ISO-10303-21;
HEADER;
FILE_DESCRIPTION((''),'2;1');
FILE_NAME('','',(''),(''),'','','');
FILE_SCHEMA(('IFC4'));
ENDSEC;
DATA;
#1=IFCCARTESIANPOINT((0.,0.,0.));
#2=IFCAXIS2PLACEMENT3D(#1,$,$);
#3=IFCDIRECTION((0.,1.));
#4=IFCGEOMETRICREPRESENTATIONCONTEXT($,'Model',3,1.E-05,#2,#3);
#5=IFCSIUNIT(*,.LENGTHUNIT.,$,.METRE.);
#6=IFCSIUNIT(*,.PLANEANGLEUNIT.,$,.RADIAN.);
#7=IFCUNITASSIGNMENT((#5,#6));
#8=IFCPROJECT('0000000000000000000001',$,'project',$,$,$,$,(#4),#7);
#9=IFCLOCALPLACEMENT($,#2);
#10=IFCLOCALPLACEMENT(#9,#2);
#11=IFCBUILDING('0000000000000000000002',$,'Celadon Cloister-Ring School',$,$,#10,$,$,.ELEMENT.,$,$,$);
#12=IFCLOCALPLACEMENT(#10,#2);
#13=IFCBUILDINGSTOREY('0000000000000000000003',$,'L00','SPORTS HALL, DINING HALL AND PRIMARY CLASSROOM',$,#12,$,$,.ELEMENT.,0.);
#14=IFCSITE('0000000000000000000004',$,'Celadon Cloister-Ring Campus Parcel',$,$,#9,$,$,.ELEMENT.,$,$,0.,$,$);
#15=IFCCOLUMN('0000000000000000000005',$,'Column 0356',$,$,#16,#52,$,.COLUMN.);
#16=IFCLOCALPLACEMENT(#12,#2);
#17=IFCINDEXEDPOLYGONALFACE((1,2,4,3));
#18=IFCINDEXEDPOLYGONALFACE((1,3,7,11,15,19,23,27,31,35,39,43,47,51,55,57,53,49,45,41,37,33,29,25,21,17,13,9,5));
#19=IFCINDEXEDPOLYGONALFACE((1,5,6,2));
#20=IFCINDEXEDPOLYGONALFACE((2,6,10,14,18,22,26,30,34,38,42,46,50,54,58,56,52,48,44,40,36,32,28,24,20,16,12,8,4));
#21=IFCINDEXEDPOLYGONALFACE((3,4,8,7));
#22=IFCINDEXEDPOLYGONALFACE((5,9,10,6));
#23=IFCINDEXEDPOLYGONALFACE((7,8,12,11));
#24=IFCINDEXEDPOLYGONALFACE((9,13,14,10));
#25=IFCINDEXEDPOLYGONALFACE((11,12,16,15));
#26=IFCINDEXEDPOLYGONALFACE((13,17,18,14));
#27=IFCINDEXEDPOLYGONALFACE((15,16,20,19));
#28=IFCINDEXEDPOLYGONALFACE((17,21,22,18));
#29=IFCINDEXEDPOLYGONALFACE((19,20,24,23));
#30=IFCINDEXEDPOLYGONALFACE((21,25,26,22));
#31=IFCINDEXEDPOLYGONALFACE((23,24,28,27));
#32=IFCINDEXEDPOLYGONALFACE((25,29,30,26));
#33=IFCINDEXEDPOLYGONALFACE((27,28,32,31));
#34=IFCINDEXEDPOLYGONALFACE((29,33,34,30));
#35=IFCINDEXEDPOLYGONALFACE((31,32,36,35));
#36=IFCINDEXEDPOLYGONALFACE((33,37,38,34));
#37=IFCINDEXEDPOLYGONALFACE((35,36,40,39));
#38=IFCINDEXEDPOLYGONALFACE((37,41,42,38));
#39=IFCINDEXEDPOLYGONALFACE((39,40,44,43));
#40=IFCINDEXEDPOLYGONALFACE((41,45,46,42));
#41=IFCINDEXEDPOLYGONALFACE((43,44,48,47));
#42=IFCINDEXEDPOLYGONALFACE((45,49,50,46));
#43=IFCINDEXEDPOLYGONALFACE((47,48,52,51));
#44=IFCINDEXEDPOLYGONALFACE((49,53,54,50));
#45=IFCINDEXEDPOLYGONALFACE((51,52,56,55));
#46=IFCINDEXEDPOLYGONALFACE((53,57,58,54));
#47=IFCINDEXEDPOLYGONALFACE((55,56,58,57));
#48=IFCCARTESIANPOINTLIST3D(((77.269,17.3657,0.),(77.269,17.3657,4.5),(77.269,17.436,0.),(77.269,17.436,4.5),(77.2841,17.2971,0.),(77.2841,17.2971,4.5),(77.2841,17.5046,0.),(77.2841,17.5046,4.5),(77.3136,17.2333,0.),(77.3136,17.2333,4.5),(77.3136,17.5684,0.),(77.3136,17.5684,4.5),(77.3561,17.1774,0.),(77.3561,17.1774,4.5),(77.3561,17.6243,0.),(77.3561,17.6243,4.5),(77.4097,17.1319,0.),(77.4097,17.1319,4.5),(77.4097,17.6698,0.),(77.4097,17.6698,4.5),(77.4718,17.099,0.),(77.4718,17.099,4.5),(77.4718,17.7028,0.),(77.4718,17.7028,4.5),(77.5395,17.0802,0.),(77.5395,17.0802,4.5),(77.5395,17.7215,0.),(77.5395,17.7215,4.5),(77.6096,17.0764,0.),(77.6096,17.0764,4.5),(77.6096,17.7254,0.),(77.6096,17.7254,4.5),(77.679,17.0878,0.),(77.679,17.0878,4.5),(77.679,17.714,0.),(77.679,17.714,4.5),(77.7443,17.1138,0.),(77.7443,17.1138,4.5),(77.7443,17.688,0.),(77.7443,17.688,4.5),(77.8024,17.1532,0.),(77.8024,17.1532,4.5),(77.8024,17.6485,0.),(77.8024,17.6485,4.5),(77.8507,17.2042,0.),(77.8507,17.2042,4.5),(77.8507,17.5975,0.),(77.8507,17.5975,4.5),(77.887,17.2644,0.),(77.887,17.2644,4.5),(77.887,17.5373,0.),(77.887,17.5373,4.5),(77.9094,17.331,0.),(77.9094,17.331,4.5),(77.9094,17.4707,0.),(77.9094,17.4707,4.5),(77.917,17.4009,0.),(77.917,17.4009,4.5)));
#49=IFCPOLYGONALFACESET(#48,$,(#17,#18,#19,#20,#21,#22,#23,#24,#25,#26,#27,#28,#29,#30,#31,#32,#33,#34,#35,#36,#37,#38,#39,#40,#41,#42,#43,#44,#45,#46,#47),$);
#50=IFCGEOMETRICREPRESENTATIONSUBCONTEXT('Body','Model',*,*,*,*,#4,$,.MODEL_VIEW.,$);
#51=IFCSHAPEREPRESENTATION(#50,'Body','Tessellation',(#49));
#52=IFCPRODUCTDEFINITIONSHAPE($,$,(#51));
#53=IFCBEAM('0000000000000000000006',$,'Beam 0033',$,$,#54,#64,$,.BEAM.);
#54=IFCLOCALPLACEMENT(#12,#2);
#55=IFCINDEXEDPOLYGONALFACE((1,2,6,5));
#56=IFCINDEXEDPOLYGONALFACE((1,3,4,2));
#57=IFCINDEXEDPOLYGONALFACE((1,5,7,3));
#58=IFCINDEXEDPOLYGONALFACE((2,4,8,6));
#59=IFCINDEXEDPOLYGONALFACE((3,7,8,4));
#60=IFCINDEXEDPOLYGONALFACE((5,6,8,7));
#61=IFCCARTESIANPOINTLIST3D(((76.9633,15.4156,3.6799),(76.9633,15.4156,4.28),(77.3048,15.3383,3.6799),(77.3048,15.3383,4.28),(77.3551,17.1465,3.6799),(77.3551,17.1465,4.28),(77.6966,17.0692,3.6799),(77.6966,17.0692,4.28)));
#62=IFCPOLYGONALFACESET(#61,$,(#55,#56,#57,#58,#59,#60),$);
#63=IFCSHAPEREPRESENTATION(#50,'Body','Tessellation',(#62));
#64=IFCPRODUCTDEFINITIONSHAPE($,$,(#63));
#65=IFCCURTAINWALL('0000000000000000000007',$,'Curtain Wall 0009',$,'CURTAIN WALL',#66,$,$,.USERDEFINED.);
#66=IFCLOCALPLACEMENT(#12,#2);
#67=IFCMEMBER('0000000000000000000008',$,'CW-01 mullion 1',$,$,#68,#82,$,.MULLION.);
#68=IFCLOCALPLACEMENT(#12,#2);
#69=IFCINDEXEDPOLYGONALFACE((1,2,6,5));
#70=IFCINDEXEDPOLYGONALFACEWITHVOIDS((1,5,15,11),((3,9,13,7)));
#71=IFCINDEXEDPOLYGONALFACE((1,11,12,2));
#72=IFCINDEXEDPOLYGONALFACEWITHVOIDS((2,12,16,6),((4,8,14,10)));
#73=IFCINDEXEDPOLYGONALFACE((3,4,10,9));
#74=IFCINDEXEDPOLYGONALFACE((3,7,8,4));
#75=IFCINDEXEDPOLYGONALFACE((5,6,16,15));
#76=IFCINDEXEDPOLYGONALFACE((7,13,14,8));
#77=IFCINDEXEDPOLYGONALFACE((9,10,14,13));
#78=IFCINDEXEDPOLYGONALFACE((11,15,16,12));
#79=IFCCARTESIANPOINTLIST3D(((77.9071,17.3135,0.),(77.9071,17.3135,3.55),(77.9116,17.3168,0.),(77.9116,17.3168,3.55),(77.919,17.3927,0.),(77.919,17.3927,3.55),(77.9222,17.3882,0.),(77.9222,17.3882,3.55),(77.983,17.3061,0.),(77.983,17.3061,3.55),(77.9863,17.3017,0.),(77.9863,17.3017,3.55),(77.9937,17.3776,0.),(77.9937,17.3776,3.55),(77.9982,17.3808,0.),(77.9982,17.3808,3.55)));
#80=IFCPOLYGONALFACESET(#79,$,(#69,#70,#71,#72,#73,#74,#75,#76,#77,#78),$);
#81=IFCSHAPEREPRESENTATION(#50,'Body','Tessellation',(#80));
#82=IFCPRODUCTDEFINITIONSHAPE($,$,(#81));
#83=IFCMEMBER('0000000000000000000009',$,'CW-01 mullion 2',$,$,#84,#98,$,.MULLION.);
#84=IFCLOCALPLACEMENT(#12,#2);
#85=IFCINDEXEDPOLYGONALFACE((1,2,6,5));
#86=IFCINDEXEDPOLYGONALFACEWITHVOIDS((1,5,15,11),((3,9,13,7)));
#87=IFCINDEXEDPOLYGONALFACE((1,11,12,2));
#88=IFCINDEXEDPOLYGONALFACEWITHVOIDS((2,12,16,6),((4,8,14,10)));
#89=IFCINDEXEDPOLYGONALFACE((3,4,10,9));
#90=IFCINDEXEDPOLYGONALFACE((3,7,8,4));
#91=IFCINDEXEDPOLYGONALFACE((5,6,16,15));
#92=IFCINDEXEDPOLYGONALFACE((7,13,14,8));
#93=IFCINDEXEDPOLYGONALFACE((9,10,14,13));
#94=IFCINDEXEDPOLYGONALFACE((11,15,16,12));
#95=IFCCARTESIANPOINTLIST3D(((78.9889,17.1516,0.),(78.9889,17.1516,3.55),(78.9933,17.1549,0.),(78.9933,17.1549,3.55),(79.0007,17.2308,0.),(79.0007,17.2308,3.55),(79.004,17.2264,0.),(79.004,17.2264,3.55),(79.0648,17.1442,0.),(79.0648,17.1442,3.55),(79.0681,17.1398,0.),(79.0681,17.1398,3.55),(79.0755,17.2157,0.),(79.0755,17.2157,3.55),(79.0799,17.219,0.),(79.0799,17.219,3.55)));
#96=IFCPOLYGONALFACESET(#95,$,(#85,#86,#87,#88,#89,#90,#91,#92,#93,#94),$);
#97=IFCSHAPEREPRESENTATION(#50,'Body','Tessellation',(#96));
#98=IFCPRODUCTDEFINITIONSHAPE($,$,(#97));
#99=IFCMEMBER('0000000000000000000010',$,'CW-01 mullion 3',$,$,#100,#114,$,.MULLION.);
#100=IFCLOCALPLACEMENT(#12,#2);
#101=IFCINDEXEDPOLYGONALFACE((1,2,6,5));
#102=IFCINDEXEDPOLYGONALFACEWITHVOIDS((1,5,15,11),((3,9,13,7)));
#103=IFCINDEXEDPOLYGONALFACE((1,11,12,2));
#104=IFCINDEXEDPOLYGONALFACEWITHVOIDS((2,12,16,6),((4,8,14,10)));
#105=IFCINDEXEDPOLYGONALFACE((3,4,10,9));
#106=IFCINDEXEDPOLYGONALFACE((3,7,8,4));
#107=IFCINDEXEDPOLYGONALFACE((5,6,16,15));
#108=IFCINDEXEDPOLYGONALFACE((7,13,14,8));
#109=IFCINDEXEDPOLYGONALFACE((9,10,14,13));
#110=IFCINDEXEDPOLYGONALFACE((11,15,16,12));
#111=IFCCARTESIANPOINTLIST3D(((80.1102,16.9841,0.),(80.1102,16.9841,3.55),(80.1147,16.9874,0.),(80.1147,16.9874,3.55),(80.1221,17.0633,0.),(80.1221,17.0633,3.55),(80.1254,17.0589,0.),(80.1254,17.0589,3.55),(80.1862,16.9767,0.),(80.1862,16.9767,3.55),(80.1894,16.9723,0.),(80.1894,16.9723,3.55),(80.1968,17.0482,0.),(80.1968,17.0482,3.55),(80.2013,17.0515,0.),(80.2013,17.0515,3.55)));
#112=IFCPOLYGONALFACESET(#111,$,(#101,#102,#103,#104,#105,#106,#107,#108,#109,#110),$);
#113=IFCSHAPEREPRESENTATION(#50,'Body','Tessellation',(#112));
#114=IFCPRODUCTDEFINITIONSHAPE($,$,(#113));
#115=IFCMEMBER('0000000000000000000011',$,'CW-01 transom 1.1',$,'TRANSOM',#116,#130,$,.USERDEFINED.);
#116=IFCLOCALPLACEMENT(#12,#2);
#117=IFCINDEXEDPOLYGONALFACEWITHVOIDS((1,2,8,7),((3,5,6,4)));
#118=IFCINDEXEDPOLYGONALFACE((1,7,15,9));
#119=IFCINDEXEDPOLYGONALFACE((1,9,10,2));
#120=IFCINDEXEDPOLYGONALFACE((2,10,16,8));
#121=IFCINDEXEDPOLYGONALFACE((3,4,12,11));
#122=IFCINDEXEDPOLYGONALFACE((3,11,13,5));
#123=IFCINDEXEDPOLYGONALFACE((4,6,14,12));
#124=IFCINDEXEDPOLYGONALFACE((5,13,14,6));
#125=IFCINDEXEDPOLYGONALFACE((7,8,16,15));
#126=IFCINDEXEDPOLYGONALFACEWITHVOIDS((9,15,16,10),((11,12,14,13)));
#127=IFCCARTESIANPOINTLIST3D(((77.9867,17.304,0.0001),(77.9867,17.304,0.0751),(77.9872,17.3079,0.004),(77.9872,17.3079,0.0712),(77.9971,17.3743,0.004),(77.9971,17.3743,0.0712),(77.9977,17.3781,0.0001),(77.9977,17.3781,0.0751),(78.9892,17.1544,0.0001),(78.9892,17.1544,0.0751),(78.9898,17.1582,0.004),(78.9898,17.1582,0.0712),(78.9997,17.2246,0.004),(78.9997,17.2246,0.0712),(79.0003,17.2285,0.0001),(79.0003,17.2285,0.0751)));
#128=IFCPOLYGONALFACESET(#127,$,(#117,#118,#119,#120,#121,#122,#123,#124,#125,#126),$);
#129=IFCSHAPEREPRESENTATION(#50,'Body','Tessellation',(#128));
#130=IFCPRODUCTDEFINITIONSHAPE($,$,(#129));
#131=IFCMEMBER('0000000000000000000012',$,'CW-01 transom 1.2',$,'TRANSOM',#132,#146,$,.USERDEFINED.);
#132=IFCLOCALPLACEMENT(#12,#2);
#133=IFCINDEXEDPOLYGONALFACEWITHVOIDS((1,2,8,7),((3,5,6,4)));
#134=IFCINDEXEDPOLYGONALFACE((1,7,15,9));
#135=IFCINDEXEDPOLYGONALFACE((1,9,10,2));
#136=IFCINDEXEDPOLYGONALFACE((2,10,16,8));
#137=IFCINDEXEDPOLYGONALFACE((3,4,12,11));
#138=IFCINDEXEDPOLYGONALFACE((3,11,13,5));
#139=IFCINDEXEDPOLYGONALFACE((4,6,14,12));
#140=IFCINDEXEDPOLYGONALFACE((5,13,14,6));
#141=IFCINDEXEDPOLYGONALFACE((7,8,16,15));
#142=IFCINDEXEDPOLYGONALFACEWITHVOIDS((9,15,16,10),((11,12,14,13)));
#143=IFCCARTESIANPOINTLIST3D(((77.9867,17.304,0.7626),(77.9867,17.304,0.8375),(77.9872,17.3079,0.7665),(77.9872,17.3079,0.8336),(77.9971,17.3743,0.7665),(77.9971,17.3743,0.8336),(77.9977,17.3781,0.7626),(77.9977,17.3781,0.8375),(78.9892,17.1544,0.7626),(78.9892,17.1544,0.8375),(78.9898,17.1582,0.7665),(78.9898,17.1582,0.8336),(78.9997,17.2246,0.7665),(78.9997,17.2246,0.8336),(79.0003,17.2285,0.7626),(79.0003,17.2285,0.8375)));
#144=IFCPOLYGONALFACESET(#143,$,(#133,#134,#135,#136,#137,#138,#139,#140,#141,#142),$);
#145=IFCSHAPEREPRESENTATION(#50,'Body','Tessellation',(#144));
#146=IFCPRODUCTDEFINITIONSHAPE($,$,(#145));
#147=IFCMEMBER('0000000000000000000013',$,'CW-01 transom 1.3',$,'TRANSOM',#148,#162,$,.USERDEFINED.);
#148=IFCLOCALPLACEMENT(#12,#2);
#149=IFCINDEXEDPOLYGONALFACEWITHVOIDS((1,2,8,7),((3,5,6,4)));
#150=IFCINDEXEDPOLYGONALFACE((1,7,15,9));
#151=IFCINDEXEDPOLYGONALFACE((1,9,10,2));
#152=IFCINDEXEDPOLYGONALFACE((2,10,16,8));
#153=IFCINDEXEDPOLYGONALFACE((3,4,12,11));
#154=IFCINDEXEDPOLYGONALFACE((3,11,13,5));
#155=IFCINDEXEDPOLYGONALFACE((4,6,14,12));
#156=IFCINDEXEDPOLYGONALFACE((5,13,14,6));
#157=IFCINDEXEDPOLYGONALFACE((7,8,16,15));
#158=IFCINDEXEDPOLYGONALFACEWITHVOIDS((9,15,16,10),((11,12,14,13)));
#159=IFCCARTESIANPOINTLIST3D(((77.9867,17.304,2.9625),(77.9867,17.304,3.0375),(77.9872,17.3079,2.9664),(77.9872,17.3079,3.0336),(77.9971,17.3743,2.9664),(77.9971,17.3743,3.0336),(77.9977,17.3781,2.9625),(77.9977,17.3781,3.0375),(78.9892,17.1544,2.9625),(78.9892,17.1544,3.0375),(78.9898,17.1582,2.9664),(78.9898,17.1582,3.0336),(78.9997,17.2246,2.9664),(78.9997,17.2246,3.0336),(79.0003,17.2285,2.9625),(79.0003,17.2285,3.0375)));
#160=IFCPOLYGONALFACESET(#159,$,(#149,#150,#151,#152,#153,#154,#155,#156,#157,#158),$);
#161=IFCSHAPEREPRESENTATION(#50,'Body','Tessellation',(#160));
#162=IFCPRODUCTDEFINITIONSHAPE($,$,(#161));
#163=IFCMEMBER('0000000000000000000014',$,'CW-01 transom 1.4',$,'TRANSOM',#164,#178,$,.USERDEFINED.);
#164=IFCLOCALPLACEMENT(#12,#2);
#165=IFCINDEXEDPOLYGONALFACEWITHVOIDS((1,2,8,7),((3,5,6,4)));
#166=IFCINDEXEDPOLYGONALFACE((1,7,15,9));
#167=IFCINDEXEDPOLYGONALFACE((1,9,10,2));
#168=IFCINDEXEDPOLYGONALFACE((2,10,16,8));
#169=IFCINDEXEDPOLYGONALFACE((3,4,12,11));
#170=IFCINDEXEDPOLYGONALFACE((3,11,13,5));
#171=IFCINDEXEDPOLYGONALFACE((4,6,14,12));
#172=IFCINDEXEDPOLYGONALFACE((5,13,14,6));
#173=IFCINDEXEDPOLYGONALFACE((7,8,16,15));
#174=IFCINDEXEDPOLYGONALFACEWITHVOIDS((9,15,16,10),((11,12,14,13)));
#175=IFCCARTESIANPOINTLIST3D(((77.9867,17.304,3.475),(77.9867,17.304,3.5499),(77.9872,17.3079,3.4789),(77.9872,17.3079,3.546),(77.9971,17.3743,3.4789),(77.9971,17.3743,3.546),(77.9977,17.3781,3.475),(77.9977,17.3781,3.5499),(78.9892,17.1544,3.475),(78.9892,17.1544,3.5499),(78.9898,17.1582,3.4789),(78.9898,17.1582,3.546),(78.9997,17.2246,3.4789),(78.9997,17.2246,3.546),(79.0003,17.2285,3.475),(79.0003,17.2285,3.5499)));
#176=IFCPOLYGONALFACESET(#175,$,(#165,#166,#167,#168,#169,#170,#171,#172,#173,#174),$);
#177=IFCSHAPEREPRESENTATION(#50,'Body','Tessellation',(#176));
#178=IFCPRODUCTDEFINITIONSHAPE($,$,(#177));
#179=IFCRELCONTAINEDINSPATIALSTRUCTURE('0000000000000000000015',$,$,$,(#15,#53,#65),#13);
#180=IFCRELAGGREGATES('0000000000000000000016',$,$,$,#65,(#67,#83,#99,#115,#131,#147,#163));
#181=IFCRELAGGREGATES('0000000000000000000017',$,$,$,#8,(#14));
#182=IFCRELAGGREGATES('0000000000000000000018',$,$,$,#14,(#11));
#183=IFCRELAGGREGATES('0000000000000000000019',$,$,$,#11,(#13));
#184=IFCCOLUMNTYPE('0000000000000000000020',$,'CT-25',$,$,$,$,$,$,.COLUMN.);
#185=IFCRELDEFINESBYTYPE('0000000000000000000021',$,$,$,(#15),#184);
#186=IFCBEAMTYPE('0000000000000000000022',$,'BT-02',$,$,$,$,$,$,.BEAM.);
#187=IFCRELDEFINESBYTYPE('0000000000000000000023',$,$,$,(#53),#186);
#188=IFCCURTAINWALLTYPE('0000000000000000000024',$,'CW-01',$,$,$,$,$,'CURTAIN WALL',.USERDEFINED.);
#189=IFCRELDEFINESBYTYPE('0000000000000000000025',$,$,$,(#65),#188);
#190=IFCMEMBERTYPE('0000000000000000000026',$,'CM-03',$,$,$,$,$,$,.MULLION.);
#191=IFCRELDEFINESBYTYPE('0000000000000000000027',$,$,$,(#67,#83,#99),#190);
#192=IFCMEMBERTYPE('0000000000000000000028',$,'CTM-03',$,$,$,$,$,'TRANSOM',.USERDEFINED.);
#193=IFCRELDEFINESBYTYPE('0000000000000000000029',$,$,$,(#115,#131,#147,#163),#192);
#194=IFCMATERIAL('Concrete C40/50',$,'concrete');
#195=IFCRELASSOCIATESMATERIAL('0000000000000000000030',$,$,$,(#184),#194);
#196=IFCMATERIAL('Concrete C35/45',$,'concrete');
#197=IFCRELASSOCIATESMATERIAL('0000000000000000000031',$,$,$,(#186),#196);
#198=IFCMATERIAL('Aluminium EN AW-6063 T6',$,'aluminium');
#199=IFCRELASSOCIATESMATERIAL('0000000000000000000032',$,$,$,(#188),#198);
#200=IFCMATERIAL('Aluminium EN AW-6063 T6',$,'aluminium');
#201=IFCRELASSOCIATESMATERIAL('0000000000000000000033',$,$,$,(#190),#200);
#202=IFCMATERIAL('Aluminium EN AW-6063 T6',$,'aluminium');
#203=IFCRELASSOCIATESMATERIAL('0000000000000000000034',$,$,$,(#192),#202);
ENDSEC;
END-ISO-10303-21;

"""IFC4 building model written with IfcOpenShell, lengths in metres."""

from ifc_helpers import new_model, si_unit, direction, frame, origin, origin_2d, place, context, subcontext, project, spatial, rectangle, hollow_rectangle, circle, extrude, material, material_profile, profile_set, type_object, element, aggregate, save


model = new_model("IFC4")

# Units and contexts
model_context = context("Model", 3, precision=1e-05, world=origin(), true_north=direction((0.0, 1.0)))
body_context = subcontext(model_context, "Body", "Model", "MODEL_VIEW")
ifc_project = project(units=[si_unit("LENGTHUNIT", "METRE"), si_unit("PLANEANGLEUNIT", "RADIAN")], contexts=[model_context])

# Site, building, storey
site_placement = place(None, origin())
site = spatial("IfcSite", under=ifc_project, at=site_placement, Name="Celadon Cloister-Ring Campus Parcel", CompositionType="ELEMENT", RefElevation=0.0)
building_placement = place(site_placement, origin())
building = spatial("IfcBuilding", under=site, at=building_placement, Name="Celadon Cloister-Ring School", CompositionType="ELEMENT")
storey_placement = place(building_placement, origin())
storey = spatial("IfcBuildingStorey", under=building, at=storey_placement, Name="L00", Description="SPORTS HALL, DINING HALL AND PRIMARY CLASSROOM", CompositionType="ELEMENT", Elevation=0.0)

# Column
ifc_material_1 = material(Name="Concrete C40/50", Category="concrete")
ifc_material_profile_1 = material_profile(ifc_material_1, circle(Radius=0.325, at=origin_2d()), Name="CIRC650")
ifc_profile_set_1 = profile_set([ifc_material_profile_1], Name="Concrete C40/50")
column_type_1 = type_object("IfcColumnType", Name="CT-25", PredefinedType="COLUMN", material=ifc_profile_set_1)
column_1_placement = place(storey_placement, frame((77.592, 17.4009, 0.0), z_axis=(0.0, 0.0, 1.0), x_axis=(1.0, 0.0, 0.0)))
element("IfcColumn", 1, at=column_1_placement, inside=storey, type_object=column_type_1, Name="Column 0356", PredefinedType="COLUMN", context=body_context, shape_type="SweptSolid", body=[
    extrude(circle(Radius=0.325, at=origin_2d()), origin(), (0.0, 0.0, 1.0), 4.5),
])

# Beam
ifc_material_2 = material(Name="Concrete C35/45", Category="concrete")
ifc_material_profile_2 = material_profile(ifc_material_2, rectangle(XDim=0.3501, YDim=0.6001, at=origin_2d()), Name="RC350X600")
ifc_profile_set_2 = profile_set([ifc_material_profile_2], Name="Concrete C35/45")
beam_type_1 = type_object("IfcBeamType", Name="BT-02", PredefinedType="BEAM", material=ifc_profile_set_2)
beam_1_placement = place(storey_placement, frame((77.134, 15.377, 3.98), z_axis=(0.220789, 0.975322, 0.0), x_axis=(-0.975322, 0.220789, 0.0)))
element("IfcBeam", 2, at=beam_1_placement, inside=storey, type_object=beam_type_1, Name="Beam 0033", PredefinedType="BEAM", context=body_context, shape_type="SweptSolid", body=[
    extrude(rectangle(XDim=0.3501, YDim=0.6001, at=origin_2d()), origin(), (0.0, 0.0, 1.0), 1.7747),
])

# Curtain wall, members
ifc_material_3 = material(Name="Aluminium EN AW-6063 T6", Category="aluminium")
curtain_wall_type = type_object("IfcCurtainWallType", Name="CW-01", ElementType="CURTAIN WALL", PredefinedType="USERDEFINED", material=ifc_material_3)
curtain_wall_placement = place(storey_placement, origin())
curtain_wall = element("IfcCurtainWall", 3, at=curtain_wall_placement, inside=storey, type_object=curtain_wall_type, Name="Curtain Wall 0009", ObjectType="CURTAIN WALL", PredefinedType="USERDEFINED")
ifc_material_4 = material(Name="Aluminium EN AW-6063 T6", Category="aluminium")
ifc_material_profile_3 = material_profile(ifc_material_4, hollow_rectangle(XDim=0.0801, YDim=0.0801, WallThickness=0.0039, at=origin_2d()), Name="RHS80X80X4")
ifc_profile_set_3 = profile_set([ifc_material_profile_3], Name="Aluminium EN AW-6063 T6")
member_type_1 = type_object("IfcMemberType", Name="CM-03", PredefinedType="MULLION", material=ifc_profile_set_3)
member_1_placement = place(storey_placement, frame((77.9526, 17.3472, 0.0), z_axis=(0.0, 0.0, 1.0), x_axis=(0.147814, 0.989015, 0.0)))
member_1 = element("IfcMember", 4, at=member_1_placement, type_object=member_type_1, Name="CW-01 mullion 1", PredefinedType="MULLION", context=body_context, shape_type="SweptSolid", body=[
    extrude(hollow_rectangle(XDim=0.0801, YDim=0.0801, WallThickness=0.0039, at=origin_2d()), origin(), (0.0, 0.0, 1.0), 3.55),
])
member_2_placement = place(storey_placement, frame((79.0344, 17.1853, 0.0), z_axis=(0.0, 0.0, 1.0), x_axis=(0.147814, 0.989015, 0.0)))
member_2 = element("IfcMember", 5, at=member_2_placement, type_object=member_type_1, Name="CW-01 mullion 2", PredefinedType="MULLION", context=body_context, shape_type="SweptSolid", body=[
    extrude(hollow_rectangle(XDim=0.0801, YDim=0.0801, WallThickness=0.0039, at=origin_2d()), origin(), (0.0, 0.0, 1.0), 3.55),
])
member_3_placement = place(storey_placement, frame((80.1558, 17.0178, 0.0), z_axis=(0.0, 0.0, 1.0), x_axis=(0.147814, 0.989015, 0.0)))
member_3 = element("IfcMember", 6, at=member_3_placement, type_object=member_type_1, Name="CW-01 mullion 3", PredefinedType="MULLION", context=body_context, shape_type="SweptSolid", body=[
    extrude(hollow_rectangle(XDim=0.0801, YDim=0.0801, WallThickness=0.0039, at=origin_2d()), origin(), (0.0, 0.0, 1.0), 3.55),
])
ifc_material_5 = material(Name="Aluminium EN AW-6063 T6", Category="aluminium")
ifc_material_profile_4 = material_profile(ifc_material_5, hollow_rectangle(XDim=0.075, YDim=0.075, WallThickness=0.0039, at=origin_2d()), Name="RHS75X75X4")
ifc_profile_set_4 = profile_set([ifc_material_profile_4], Name="Aluminium EN AW-6063 T6")
member_type_2 = type_object("IfcMemberType", Name="CTM-03", ElementType="TRANSOM", PredefinedType="USERDEFINED", material=ifc_profile_set_4)
member_4_placement = place(storey_placement, frame((77.9922, 17.3411, 0.0376), z_axis=(0.989044, -0.147622, 0.0), x_axis=(0.147622, 0.989044, 0.0)))
member_4 = element("IfcMember", 7, at=member_4_placement, type_object=member_type_2, Name="CW-01 transom 1.1", ObjectType="TRANSOM", PredefinedType="USERDEFINED", context=body_context, shape_type="SweptSolid", body=[
    extrude(hollow_rectangle(XDim=0.075, YDim=0.075, WallThickness=0.0039, at=origin_2d()), origin(), (0.0, 0.0, 1.0), 1.0137),
])
member_5_placement = place(storey_placement, frame((77.9922, 17.3411, 0.8), z_axis=(0.989044, -0.147622, 0.0), x_axis=(0.147622, 0.989044, 0.0)))
member_5 = element("IfcMember", 8, at=member_5_placement, type_object=member_type_2, Name="CW-01 transom 1.2", ObjectType="TRANSOM", PredefinedType="USERDEFINED", context=body_context, shape_type="SweptSolid", body=[
    extrude(hollow_rectangle(XDim=0.075, YDim=0.075, WallThickness=0.0039, at=origin_2d()), origin(), (0.0, 0.0, 1.0), 1.0137),
])
member_6_placement = place(storey_placement, frame((77.9922, 17.3411, 3.0), z_axis=(0.989044, -0.147622, 0.0), x_axis=(0.147622, 0.989044, 0.0)))
member_6 = element("IfcMember", 9, at=member_6_placement, type_object=member_type_2, Name="CW-01 transom 1.3", ObjectType="TRANSOM", PredefinedType="USERDEFINED", context=body_context, shape_type="SweptSolid", body=[
    extrude(hollow_rectangle(XDim=0.075, YDim=0.075, WallThickness=0.0039, at=origin_2d()), origin(), (0.0, 0.0, 1.0), 1.0137),
])
member_7_placement = place(storey_placement, frame((77.9922, 17.3411, 3.5125), z_axis=(0.989044, -0.147622, 0.0), x_axis=(0.147622, 0.989044, 0.0)))
member_7 = element("IfcMember", 10, at=member_7_placement, type_object=member_type_2, Name="CW-01 transom 1.4", ObjectType="TRANSOM", PredefinedType="USERDEFINED", context=body_context, shape_type="SweptSolid", body=[
    extrude(hollow_rectangle(XDim=0.075, YDim=0.075, WallThickness=0.0039, at=origin_2d()), origin(), (0.0, 0.0, 1.0), 1.0137),
])

aggregate(curtain_wall, [member_1, member_2, member_3, member_4, member_5, member_6, member_7])

save(model, "model.ifc")
